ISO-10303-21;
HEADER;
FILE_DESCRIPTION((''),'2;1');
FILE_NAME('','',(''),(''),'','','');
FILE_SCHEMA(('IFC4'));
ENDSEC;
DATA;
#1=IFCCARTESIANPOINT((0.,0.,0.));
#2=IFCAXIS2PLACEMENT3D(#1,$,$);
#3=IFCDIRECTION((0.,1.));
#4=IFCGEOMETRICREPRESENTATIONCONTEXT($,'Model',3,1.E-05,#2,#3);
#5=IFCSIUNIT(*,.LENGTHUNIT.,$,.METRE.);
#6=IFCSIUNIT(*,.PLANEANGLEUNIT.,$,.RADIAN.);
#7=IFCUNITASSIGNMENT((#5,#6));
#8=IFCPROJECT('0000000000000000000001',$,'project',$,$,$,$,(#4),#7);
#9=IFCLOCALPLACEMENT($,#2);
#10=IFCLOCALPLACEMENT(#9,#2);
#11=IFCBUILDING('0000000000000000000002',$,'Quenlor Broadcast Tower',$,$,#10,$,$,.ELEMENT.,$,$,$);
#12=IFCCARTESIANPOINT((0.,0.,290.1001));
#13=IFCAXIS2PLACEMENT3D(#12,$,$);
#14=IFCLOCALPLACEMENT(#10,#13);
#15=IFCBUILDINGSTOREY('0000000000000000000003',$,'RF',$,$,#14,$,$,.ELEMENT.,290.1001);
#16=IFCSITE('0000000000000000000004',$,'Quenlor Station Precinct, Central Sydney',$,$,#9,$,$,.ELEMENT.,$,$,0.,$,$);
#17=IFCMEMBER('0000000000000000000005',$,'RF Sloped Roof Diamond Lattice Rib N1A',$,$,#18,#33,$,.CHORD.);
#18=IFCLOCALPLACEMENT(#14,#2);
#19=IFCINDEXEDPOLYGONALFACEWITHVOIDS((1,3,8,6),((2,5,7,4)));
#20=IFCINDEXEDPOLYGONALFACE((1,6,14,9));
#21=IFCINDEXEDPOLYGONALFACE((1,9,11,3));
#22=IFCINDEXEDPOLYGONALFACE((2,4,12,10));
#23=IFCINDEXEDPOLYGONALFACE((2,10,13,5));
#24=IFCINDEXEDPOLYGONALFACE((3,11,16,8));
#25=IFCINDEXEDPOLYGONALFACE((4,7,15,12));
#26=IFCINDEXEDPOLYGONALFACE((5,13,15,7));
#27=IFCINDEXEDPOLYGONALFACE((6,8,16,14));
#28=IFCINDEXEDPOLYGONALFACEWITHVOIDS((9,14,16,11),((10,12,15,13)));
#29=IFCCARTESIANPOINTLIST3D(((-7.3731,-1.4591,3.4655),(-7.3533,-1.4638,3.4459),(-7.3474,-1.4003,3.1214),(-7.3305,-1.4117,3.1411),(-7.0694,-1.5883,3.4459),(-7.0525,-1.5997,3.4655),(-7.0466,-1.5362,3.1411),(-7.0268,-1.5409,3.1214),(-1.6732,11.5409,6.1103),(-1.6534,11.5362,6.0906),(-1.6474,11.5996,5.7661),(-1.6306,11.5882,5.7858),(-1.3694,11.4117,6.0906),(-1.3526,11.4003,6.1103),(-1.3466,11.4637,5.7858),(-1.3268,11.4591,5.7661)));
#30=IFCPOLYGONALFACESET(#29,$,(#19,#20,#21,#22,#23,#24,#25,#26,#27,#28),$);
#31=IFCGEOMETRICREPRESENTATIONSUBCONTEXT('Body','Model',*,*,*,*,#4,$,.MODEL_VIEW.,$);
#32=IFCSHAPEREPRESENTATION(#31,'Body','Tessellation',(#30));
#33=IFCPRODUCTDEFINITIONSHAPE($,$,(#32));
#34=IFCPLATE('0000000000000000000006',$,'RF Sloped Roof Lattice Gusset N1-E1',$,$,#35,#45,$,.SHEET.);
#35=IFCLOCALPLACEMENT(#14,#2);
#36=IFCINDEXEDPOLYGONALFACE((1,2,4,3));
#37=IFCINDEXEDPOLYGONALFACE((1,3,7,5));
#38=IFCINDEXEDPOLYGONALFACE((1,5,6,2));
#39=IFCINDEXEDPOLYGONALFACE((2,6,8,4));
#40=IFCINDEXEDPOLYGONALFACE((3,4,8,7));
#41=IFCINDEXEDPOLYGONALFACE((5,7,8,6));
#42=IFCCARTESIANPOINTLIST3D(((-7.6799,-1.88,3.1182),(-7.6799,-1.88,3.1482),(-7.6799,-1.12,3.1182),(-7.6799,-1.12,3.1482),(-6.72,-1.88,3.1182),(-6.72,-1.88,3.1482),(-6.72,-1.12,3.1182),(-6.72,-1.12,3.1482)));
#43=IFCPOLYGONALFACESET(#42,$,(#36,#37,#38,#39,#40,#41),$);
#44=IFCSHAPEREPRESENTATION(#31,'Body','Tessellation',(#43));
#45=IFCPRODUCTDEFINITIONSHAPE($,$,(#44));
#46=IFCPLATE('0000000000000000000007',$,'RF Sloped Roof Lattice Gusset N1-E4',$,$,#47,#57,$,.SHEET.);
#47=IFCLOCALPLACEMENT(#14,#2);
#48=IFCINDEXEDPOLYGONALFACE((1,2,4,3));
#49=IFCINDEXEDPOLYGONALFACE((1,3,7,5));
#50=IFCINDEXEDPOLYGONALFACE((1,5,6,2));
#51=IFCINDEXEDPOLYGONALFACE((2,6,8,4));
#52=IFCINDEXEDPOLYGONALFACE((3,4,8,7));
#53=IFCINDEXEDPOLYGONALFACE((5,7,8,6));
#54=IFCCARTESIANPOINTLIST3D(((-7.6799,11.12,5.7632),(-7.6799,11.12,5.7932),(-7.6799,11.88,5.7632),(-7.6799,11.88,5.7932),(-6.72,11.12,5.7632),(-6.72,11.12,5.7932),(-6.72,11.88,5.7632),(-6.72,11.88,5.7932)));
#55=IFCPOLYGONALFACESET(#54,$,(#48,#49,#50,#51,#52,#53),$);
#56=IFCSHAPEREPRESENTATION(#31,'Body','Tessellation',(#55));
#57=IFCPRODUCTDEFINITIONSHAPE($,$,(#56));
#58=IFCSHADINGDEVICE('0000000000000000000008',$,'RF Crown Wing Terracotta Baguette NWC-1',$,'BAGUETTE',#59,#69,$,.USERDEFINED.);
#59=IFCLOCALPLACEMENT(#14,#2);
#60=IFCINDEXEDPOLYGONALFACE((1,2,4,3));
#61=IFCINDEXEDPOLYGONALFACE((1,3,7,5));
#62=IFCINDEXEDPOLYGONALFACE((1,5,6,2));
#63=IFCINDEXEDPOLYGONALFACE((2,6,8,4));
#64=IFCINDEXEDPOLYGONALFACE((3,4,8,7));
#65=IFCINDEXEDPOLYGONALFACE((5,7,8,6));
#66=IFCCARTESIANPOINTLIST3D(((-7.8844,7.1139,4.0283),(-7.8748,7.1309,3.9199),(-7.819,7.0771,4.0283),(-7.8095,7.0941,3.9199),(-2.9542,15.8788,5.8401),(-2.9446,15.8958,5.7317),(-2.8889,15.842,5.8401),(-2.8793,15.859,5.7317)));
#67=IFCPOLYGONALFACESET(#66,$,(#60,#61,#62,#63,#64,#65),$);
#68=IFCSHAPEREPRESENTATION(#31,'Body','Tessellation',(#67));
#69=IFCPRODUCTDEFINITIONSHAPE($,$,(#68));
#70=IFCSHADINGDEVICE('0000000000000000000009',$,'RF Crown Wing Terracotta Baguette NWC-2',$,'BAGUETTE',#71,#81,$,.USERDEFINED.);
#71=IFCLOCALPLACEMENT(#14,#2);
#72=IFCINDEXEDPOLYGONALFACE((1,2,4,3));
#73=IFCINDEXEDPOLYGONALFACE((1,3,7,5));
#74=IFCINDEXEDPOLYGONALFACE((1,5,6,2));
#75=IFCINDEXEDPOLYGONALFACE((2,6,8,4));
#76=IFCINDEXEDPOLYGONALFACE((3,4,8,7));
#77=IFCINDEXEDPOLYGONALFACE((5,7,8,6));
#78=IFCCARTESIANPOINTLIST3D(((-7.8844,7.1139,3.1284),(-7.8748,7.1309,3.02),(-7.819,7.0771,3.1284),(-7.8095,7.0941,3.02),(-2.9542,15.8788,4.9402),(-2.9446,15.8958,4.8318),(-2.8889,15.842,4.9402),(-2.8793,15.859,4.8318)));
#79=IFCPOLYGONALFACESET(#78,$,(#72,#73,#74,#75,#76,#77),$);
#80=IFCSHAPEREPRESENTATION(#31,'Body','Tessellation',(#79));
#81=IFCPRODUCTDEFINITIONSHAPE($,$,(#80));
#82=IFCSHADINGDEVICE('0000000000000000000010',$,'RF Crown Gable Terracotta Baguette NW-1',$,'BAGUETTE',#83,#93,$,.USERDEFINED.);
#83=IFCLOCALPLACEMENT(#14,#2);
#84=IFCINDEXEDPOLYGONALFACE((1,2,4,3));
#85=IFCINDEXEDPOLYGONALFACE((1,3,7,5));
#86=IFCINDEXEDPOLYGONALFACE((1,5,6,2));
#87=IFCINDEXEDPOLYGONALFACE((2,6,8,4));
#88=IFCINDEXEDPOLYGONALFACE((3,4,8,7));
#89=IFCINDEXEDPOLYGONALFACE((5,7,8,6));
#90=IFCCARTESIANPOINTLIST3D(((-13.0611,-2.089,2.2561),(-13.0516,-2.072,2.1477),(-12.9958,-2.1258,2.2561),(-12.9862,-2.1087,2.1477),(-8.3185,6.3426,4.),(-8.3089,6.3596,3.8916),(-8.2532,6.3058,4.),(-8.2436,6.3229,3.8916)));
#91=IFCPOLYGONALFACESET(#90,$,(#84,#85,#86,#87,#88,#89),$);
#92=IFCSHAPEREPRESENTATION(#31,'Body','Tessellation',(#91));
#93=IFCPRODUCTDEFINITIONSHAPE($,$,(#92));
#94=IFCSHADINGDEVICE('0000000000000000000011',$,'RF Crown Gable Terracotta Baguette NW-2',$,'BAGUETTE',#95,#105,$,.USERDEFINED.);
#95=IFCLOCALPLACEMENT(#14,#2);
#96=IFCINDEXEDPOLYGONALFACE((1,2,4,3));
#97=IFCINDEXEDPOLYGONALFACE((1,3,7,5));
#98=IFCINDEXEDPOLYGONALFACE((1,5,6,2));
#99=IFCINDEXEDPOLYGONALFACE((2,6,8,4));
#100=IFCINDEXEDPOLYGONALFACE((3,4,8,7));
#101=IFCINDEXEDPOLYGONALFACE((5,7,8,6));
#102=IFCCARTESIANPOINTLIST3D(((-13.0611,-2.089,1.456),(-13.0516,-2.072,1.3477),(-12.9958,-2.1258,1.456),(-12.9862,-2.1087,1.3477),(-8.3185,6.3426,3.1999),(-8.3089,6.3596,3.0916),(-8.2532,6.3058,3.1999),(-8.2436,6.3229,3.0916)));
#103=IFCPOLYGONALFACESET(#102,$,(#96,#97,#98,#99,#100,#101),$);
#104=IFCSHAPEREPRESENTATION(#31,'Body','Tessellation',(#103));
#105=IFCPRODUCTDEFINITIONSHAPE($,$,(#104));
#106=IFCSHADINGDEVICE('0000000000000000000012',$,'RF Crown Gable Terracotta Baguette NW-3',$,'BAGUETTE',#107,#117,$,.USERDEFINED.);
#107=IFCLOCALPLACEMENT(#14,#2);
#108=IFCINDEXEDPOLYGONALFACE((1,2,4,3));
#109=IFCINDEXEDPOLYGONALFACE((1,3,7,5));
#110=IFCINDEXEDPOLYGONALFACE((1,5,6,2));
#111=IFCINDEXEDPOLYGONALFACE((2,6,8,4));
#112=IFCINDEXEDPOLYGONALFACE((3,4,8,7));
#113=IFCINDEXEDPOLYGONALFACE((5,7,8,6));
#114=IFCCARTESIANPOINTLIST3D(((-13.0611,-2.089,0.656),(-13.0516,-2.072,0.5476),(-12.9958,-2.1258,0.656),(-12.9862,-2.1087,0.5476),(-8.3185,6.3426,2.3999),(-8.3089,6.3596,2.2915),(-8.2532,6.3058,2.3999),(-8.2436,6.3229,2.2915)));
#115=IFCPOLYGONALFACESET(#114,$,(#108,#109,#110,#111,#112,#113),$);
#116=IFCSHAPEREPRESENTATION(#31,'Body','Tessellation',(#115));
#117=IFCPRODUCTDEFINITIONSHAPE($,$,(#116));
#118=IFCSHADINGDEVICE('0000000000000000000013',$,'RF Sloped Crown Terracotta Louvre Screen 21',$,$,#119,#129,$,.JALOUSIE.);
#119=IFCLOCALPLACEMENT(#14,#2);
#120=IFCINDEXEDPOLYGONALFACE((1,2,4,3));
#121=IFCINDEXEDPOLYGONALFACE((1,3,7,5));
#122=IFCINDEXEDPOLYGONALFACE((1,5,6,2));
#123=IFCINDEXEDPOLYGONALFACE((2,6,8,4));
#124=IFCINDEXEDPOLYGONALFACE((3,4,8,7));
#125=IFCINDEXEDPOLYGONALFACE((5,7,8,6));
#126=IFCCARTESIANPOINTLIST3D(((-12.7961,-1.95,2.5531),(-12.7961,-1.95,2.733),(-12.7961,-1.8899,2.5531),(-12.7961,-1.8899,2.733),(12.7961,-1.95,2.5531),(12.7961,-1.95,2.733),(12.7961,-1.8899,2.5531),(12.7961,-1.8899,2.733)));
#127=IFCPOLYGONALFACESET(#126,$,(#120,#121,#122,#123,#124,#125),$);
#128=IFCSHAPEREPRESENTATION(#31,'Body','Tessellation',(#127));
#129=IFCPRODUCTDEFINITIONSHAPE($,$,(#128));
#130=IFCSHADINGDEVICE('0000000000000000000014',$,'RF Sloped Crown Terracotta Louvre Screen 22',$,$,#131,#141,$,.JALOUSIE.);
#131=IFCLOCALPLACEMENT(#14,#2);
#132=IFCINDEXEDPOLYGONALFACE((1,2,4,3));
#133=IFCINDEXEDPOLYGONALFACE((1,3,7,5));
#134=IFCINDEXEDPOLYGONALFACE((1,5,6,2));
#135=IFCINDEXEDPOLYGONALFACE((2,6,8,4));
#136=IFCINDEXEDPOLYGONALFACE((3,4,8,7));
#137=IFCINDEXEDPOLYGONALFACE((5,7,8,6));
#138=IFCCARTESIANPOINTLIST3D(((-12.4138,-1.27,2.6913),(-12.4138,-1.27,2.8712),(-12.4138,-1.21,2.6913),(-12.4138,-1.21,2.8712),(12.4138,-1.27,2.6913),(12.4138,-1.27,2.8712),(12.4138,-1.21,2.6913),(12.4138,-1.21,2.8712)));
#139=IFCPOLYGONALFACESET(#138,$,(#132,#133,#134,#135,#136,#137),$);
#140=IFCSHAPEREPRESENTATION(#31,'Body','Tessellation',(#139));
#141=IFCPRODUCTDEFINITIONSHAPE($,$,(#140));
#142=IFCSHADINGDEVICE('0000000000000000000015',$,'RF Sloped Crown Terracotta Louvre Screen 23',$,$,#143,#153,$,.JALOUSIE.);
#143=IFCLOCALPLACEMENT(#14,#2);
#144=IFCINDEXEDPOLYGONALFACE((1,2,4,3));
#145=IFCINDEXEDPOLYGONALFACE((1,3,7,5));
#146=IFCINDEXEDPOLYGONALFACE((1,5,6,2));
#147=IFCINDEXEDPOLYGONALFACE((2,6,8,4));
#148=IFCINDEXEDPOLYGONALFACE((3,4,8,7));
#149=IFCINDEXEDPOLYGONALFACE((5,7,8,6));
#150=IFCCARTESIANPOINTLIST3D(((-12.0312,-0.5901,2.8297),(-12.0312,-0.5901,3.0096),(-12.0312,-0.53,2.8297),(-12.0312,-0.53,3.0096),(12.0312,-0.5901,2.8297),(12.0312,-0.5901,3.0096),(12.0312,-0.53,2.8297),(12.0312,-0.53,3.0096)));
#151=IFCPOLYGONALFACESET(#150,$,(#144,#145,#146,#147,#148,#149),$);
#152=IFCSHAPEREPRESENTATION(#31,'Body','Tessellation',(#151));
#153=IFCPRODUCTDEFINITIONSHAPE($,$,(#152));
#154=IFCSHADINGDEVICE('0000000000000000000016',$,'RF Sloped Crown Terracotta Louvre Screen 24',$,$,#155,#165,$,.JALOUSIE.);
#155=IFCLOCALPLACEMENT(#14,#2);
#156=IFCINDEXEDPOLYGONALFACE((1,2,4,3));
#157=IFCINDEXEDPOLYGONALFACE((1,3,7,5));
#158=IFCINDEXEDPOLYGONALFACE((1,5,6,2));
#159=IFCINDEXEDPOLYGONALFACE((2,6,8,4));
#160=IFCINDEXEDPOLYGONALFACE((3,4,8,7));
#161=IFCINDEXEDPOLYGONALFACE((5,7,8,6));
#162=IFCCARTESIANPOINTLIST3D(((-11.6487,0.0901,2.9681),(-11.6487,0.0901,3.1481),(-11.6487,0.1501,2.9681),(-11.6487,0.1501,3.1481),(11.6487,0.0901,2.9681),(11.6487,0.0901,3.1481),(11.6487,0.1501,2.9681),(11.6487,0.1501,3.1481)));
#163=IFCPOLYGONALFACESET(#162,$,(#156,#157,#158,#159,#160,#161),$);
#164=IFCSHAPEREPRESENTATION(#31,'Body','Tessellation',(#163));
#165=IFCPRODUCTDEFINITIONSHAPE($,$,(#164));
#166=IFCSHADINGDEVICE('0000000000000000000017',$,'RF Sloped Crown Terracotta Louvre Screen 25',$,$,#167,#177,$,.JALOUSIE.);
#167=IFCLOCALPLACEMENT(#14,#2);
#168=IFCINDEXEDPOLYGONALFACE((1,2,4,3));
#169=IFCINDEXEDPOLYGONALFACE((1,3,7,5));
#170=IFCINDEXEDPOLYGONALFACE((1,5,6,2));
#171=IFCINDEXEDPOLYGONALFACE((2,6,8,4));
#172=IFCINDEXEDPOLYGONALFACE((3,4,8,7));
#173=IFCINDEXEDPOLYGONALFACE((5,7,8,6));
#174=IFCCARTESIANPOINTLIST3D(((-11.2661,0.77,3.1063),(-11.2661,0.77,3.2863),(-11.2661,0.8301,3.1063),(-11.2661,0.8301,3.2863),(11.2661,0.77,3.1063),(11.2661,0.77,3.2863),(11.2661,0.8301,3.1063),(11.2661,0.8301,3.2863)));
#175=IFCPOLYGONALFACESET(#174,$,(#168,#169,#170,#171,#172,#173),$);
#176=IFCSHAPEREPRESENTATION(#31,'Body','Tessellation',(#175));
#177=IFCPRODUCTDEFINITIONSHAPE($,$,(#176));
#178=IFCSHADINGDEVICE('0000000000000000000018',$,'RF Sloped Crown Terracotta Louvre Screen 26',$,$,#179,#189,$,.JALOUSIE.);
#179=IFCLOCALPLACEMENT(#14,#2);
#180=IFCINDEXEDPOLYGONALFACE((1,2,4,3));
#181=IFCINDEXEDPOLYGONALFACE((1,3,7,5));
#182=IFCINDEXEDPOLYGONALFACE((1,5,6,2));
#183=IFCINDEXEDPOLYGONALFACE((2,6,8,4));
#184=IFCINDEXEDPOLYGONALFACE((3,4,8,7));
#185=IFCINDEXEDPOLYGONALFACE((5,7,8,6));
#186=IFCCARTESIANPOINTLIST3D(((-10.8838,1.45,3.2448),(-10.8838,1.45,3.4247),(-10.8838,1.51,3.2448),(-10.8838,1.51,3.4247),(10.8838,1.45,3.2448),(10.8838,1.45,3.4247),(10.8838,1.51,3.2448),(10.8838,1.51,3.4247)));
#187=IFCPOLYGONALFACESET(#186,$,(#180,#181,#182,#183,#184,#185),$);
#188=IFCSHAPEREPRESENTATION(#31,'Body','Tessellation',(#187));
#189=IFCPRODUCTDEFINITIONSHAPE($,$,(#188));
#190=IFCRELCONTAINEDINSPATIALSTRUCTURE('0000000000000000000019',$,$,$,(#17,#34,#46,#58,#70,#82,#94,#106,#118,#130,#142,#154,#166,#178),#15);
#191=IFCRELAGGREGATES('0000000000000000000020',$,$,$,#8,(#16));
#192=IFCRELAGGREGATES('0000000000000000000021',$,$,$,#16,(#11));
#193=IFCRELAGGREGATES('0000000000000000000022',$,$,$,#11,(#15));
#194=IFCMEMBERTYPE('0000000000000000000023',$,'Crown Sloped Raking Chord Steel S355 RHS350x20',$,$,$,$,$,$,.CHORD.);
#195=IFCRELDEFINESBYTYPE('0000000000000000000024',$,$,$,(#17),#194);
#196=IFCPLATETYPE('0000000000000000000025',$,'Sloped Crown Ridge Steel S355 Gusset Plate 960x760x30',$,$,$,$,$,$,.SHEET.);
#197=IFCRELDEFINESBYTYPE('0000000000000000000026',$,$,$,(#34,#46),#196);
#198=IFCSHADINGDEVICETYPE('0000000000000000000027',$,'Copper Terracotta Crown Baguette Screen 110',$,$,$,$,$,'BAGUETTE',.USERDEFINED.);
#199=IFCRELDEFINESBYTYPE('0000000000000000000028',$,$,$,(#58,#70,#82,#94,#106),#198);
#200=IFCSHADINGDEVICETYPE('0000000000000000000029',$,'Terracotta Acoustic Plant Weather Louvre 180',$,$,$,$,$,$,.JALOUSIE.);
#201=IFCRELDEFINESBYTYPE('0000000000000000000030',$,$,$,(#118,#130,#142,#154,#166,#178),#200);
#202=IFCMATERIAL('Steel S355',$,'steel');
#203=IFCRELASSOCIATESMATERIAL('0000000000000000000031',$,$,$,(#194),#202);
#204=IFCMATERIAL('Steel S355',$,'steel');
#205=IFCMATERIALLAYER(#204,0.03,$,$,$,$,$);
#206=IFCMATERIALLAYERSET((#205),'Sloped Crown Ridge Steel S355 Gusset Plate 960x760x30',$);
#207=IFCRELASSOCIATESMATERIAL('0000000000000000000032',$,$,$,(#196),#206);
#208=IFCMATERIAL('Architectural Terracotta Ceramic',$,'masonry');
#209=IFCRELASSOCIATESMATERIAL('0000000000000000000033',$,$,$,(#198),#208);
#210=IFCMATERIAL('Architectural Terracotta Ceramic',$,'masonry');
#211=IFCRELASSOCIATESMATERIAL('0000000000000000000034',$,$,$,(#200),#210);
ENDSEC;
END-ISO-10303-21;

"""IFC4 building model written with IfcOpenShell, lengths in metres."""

from ifc_helpers import new_model, si_unit, direction, frame, origin, origin_2d, place, context, subcontext, project, spatial, rectangle, hollow_rectangle, extrude, material, layer, layer_set, material_profile, profile_set, type_object, element, save


model = new_model("IFC4")

# Units and contexts
model_context = context("Model", 3, precision=1e-05, world=origin(), true_north=direction((0.0, 1.0)))
body_context = subcontext(model_context, "Body", "Model", "MODEL_VIEW")
ifc_project = project(units=[si_unit("LENGTHUNIT", "METRE"), si_unit("PLANEANGLEUNIT", "RADIAN")], contexts=[model_context])

# Site, building, storey
site_placement = place(None, origin())
site = spatial("IfcSite", under=ifc_project, at=site_placement, Name="Quenlor Station Precinct, Central Sydney", CompositionType="ELEMENT", RefElevation=0.0)
building_placement = place(site_placement, origin())
building = spatial("IfcBuilding", under=site, at=building_placement, Name="Quenlor Broadcast Tower", CompositionType="ELEMENT")
storey_placement = place(building_placement, frame((0.0, 0.0, 290.1001)))
storey = spatial("IfcBuildingStorey", under=building, at=storey_placement, Name="RF", CompositionType="ELEMENT", Elevation=290.1001)

# Member
ifc_material_1 = material(Name="Steel S355", Category="steel")
ifc_material_profile_1 = material_profile(ifc_material_1, hollow_rectangle(XDim=0.3501, YDim=0.3501, WallThickness=0.02, at=origin_2d()))
ifc_profile_set_1 = profile_set([ifc_material_profile_1], Name="Steel S355 RHS350x350x20")
member_type = type_object("IfcMemberType", Name="Crown Sloped Raking Chord Steel S355 RHS350x20", PredefinedType="CHORD", material=ifc_profile_set_1)
member_placement = place(storey_placement, frame((-7.2, -1.5, 3.2935), z_axis=(0.394761, 0.90034, 0.183169), x_axis=(-0.915835, 0.401555, 0.0)))
element("IfcMember", 1, at=member_placement, inside=storey, type_object=member_type, Name="RF Sloped Roof Diamond Lattice Rib N1A", PredefinedType="CHORD", context=body_context, shape_type="SweptSolid", body=[
    extrude(hollow_rectangle(XDim=0.3501, YDim=0.3501, WallThickness=0.02, at=origin_2d()), origin(), (0.0, 0.0, 1.0), 14.439),
])

# Plates
ifc_material_2 = material(Name="Steel S355", Category="steel")
ifc_layer = layer(ifc_material_2, 0.03)
ifc_layer_set = layer_set([ifc_layer], Name="Sloped Crown Ridge Steel S355 Gusset Plate 960x760x30")
plate_type = type_object("IfcPlateType", Name="Sloped Crown Ridge Steel S355 Gusset Plate 960x760x30", PredefinedType="SHEET", material=ifc_layer_set)
for number, where, z_axis, x_axis, name in (
    (2, (-7.2, -1.5, 3.1182), (0.0, 0.0, 1.0), (1.0, 0.0, 0.0), "RF Sloped Roof Lattice Gusset N1-E1"),
    (3, (-7.2, 11.5, 5.7632), (0.0, 0.0, 1.0), (1.0, 0.0, 0.0), "RF Sloped Roof Lattice Gusset N1-E4"),
):
    element("IfcPlate", number, at=place(storey_placement, frame(where, z_axis=z_axis, x_axis=x_axis)), inside=storey, type_object=plate_type, Name=name, PredefinedType="SHEET", context=body_context, shape_type="SweptSolid", body=[
        extrude(rectangle(XDim=0.96, YDim=0.76, at=origin_2d()), origin(), (0.0, 0.0, 1.0), 0.03),
    ])

# Shading devices
ifc_material_3 = material(Name="Architectural Terracotta Ceramic", Category="masonry")
ifc_material_profile_2 = material_profile(ifc_material_3, rectangle(XDim=0.075, YDim=0.1101, at=origin_2d()))
ifc_profile_set_2 = profile_set([ifc_material_profile_2], Name="Architectural Terracotta Ceramic BAG75x110")
shading_device_type_1 = type_object("IfcShadingDeviceType", Name="Copper Terracotta Crown Baguette Screen 110", ElementType="BAGUETTE", PredefinedType="USERDEFINED", material=ifc_profile_set_2)
for number, where, z_axis, x_axis, name in (
    (4, (-7.8469, 7.104, 3.9741), (0.482488, 0.857769, 0.177307), (-0.871579, 0.490255, 0.0), "RF Crown Wing Terracotta Baguette NWC-1"),
    (5, (-7.8469, 7.104, 3.0742), (0.482488, 0.857769, 0.177307), (-0.871579, 0.490255, 0.0), "RF Crown Wing Terracotta Baguette NWC-2"),
):
    element("IfcShadingDevice", number, at=place(storey_placement, frame(where, z_axis=z_axis, x_axis=x_axis)), inside=storey, type_object=shading_device_type_1, Name=name, ObjectType="BAGUETTE", PredefinedType="USERDEFINED", context=body_context, shape_type="SweptSolid", body=[
        extrude(rectangle(XDim=0.075, YDim=0.1101, at=origin_2d()), origin(), (0.0, 0.0, 1.0), 10.2183),
    ])
for number, where, z_axis, x_axis, name in (
    (6, (-13.0237, -2.0989, 2.2019), (0.482475, 0.857755, 0.177408), (-0.871581, 0.490252, 0.0), "RF Crown Gable Terracotta Baguette NW-1"),
    (7, (-13.0237, -2.0989, 1.4019), (0.482475, 0.857755, 0.177408), (-0.871581, 0.490252, 0.0), "RF Crown Gable Terracotta Baguette NW-2"),
    (8, (-13.0237, -2.0989, 0.6018), (0.482475, 0.857755, 0.177408), (-0.871581, 0.490252, 0.0), "RF Crown Gable Terracotta Baguette NW-3"),
):
    element("IfcShadingDevice", number, at=place(storey_placement, frame(where, z_axis=z_axis, x_axis=x_axis)), inside=storey, type_object=shading_device_type_1, Name=name, ObjectType="BAGUETTE", PredefinedType="USERDEFINED", context=body_context, shape_type="SweptSolid", body=[
        extrude(rectangle(XDim=0.075, YDim=0.1101, at=origin_2d()), origin(), (0.0, 0.0, 1.0), 9.8298),
    ])
ifc_material_4 = material(Name="Architectural Terracotta Ceramic", Category="masonry")
ifc_material_profile_3 = material_profile(ifc_material_4, rectangle(XDim=0.0601, YDim=0.1799, at=origin_2d()))
ifc_profile_set_3 = profile_set([ifc_material_profile_3], Name="Architectural Terracotta Ceramic LVR60x180")
shading_device_type_2 = type_object("IfcShadingDeviceType", Name="Terracotta Acoustic Plant Weather Louvre 180", PredefinedType="JALOUSIE", material=ifc_profile_set_3)
shading_device_1_placement = place(storey_placement, frame((-12.7961, -1.9199, 2.6431), z_axis=(1.0, 0.0, 0.0), x_axis=(0.0, 1.0, 0.0)))
element("IfcShadingDevice", 9, at=shading_device_1_placement, inside=storey, type_object=shading_device_type_2, Name="RF Sloped Crown Terracotta Louvre Screen 21", PredefinedType="JALOUSIE", context=body_context, shape_type="SweptSolid", body=[
    extrude(rectangle(XDim=0.0601, YDim=0.1799, at=origin_2d()), origin(), (0.0, 0.0, 1.0), 25.5923),
])
shading_device_2_placement = place(storey_placement, frame((-12.4138, -1.24, 2.7812), z_axis=(1.0, 0.0, 0.0), x_axis=(0.0, 1.0, 0.0)))
element("IfcShadingDevice", 10, at=shading_device_2_placement, inside=storey, type_object=shading_device_type_2, Name="RF Sloped Crown Terracotta Louvre Screen 22", PredefinedType="JALOUSIE", context=body_context, shape_type="SweptSolid", body=[
    extrude(rectangle(XDim=0.0601, YDim=0.1799, at=origin_2d()), origin(), (0.0, 0.0, 1.0), 24.8276),
])
shading_device_3_placement = place(storey_placement, frame((-12.0312, -0.5601, 2.9197), z_axis=(1.0, 0.0, 0.0), x_axis=(0.0, 1.0, 0.0)))
element("IfcShadingDevice", 11, at=shading_device_3_placement, inside=storey, type_object=shading_device_type_2, Name="RF Sloped Crown Terracotta Louvre Screen 23", PredefinedType="JALOUSIE", context=body_context, shape_type="SweptSolid", body=[
    extrude(rectangle(XDim=0.0601, YDim=0.1799, at=origin_2d()), origin(), (0.0, 0.0, 1.0), 24.0625),
])
shading_device_4_placement = place(storey_placement, frame((-11.6487, 0.1201, 3.0581), z_axis=(1.0, 0.0, 0.0), x_axis=(0.0, 1.0, 0.0)))
element("IfcShadingDevice", 12, at=shading_device_4_placement, inside=storey, type_object=shading_device_type_2, Name="RF Sloped Crown Terracotta Louvre Screen 24", PredefinedType="JALOUSIE", context=body_context, shape_type="SweptSolid", body=[
    extrude(rectangle(XDim=0.0601, YDim=0.1799, at=origin_2d()), origin(), (0.0, 0.0, 1.0), 23.2974),
])
shading_device_5_placement = place(storey_placement, frame((-11.2661, 0.8, 3.1963), z_axis=(1.0, 0.0, 0.0), x_axis=(0.0, 1.0, 0.0)))
element("IfcShadingDevice", 13, at=shading_device_5_placement, inside=storey, type_object=shading_device_type_2, Name="RF Sloped Crown Terracotta Louvre Screen 25", PredefinedType="JALOUSIE", context=body_context, shape_type="SweptSolid", body=[
    extrude(rectangle(XDim=0.0601, YDim=0.1799, at=origin_2d()), origin(), (0.0, 0.0, 1.0), 22.5322),
])
shading_device_6_placement = place(storey_placement, frame((-10.8838, 1.48, 3.3347), z_axis=(1.0, 0.0, 0.0), x_axis=(0.0, 1.0, 0.0)))
element("IfcShadingDevice", 14, at=shading_device_6_placement, inside=storey, type_object=shading_device_type_2, Name="RF Sloped Crown Terracotta Louvre Screen 26", PredefinedType="JALOUSIE", context=body_context, shape_type="SweptSolid", body=[
    extrude(rectangle(XDim=0.0601, YDim=0.1799, at=origin_2d()), origin(), (0.0, 0.0, 1.0), 21.7676),
])

save(model, "model.ifc")
